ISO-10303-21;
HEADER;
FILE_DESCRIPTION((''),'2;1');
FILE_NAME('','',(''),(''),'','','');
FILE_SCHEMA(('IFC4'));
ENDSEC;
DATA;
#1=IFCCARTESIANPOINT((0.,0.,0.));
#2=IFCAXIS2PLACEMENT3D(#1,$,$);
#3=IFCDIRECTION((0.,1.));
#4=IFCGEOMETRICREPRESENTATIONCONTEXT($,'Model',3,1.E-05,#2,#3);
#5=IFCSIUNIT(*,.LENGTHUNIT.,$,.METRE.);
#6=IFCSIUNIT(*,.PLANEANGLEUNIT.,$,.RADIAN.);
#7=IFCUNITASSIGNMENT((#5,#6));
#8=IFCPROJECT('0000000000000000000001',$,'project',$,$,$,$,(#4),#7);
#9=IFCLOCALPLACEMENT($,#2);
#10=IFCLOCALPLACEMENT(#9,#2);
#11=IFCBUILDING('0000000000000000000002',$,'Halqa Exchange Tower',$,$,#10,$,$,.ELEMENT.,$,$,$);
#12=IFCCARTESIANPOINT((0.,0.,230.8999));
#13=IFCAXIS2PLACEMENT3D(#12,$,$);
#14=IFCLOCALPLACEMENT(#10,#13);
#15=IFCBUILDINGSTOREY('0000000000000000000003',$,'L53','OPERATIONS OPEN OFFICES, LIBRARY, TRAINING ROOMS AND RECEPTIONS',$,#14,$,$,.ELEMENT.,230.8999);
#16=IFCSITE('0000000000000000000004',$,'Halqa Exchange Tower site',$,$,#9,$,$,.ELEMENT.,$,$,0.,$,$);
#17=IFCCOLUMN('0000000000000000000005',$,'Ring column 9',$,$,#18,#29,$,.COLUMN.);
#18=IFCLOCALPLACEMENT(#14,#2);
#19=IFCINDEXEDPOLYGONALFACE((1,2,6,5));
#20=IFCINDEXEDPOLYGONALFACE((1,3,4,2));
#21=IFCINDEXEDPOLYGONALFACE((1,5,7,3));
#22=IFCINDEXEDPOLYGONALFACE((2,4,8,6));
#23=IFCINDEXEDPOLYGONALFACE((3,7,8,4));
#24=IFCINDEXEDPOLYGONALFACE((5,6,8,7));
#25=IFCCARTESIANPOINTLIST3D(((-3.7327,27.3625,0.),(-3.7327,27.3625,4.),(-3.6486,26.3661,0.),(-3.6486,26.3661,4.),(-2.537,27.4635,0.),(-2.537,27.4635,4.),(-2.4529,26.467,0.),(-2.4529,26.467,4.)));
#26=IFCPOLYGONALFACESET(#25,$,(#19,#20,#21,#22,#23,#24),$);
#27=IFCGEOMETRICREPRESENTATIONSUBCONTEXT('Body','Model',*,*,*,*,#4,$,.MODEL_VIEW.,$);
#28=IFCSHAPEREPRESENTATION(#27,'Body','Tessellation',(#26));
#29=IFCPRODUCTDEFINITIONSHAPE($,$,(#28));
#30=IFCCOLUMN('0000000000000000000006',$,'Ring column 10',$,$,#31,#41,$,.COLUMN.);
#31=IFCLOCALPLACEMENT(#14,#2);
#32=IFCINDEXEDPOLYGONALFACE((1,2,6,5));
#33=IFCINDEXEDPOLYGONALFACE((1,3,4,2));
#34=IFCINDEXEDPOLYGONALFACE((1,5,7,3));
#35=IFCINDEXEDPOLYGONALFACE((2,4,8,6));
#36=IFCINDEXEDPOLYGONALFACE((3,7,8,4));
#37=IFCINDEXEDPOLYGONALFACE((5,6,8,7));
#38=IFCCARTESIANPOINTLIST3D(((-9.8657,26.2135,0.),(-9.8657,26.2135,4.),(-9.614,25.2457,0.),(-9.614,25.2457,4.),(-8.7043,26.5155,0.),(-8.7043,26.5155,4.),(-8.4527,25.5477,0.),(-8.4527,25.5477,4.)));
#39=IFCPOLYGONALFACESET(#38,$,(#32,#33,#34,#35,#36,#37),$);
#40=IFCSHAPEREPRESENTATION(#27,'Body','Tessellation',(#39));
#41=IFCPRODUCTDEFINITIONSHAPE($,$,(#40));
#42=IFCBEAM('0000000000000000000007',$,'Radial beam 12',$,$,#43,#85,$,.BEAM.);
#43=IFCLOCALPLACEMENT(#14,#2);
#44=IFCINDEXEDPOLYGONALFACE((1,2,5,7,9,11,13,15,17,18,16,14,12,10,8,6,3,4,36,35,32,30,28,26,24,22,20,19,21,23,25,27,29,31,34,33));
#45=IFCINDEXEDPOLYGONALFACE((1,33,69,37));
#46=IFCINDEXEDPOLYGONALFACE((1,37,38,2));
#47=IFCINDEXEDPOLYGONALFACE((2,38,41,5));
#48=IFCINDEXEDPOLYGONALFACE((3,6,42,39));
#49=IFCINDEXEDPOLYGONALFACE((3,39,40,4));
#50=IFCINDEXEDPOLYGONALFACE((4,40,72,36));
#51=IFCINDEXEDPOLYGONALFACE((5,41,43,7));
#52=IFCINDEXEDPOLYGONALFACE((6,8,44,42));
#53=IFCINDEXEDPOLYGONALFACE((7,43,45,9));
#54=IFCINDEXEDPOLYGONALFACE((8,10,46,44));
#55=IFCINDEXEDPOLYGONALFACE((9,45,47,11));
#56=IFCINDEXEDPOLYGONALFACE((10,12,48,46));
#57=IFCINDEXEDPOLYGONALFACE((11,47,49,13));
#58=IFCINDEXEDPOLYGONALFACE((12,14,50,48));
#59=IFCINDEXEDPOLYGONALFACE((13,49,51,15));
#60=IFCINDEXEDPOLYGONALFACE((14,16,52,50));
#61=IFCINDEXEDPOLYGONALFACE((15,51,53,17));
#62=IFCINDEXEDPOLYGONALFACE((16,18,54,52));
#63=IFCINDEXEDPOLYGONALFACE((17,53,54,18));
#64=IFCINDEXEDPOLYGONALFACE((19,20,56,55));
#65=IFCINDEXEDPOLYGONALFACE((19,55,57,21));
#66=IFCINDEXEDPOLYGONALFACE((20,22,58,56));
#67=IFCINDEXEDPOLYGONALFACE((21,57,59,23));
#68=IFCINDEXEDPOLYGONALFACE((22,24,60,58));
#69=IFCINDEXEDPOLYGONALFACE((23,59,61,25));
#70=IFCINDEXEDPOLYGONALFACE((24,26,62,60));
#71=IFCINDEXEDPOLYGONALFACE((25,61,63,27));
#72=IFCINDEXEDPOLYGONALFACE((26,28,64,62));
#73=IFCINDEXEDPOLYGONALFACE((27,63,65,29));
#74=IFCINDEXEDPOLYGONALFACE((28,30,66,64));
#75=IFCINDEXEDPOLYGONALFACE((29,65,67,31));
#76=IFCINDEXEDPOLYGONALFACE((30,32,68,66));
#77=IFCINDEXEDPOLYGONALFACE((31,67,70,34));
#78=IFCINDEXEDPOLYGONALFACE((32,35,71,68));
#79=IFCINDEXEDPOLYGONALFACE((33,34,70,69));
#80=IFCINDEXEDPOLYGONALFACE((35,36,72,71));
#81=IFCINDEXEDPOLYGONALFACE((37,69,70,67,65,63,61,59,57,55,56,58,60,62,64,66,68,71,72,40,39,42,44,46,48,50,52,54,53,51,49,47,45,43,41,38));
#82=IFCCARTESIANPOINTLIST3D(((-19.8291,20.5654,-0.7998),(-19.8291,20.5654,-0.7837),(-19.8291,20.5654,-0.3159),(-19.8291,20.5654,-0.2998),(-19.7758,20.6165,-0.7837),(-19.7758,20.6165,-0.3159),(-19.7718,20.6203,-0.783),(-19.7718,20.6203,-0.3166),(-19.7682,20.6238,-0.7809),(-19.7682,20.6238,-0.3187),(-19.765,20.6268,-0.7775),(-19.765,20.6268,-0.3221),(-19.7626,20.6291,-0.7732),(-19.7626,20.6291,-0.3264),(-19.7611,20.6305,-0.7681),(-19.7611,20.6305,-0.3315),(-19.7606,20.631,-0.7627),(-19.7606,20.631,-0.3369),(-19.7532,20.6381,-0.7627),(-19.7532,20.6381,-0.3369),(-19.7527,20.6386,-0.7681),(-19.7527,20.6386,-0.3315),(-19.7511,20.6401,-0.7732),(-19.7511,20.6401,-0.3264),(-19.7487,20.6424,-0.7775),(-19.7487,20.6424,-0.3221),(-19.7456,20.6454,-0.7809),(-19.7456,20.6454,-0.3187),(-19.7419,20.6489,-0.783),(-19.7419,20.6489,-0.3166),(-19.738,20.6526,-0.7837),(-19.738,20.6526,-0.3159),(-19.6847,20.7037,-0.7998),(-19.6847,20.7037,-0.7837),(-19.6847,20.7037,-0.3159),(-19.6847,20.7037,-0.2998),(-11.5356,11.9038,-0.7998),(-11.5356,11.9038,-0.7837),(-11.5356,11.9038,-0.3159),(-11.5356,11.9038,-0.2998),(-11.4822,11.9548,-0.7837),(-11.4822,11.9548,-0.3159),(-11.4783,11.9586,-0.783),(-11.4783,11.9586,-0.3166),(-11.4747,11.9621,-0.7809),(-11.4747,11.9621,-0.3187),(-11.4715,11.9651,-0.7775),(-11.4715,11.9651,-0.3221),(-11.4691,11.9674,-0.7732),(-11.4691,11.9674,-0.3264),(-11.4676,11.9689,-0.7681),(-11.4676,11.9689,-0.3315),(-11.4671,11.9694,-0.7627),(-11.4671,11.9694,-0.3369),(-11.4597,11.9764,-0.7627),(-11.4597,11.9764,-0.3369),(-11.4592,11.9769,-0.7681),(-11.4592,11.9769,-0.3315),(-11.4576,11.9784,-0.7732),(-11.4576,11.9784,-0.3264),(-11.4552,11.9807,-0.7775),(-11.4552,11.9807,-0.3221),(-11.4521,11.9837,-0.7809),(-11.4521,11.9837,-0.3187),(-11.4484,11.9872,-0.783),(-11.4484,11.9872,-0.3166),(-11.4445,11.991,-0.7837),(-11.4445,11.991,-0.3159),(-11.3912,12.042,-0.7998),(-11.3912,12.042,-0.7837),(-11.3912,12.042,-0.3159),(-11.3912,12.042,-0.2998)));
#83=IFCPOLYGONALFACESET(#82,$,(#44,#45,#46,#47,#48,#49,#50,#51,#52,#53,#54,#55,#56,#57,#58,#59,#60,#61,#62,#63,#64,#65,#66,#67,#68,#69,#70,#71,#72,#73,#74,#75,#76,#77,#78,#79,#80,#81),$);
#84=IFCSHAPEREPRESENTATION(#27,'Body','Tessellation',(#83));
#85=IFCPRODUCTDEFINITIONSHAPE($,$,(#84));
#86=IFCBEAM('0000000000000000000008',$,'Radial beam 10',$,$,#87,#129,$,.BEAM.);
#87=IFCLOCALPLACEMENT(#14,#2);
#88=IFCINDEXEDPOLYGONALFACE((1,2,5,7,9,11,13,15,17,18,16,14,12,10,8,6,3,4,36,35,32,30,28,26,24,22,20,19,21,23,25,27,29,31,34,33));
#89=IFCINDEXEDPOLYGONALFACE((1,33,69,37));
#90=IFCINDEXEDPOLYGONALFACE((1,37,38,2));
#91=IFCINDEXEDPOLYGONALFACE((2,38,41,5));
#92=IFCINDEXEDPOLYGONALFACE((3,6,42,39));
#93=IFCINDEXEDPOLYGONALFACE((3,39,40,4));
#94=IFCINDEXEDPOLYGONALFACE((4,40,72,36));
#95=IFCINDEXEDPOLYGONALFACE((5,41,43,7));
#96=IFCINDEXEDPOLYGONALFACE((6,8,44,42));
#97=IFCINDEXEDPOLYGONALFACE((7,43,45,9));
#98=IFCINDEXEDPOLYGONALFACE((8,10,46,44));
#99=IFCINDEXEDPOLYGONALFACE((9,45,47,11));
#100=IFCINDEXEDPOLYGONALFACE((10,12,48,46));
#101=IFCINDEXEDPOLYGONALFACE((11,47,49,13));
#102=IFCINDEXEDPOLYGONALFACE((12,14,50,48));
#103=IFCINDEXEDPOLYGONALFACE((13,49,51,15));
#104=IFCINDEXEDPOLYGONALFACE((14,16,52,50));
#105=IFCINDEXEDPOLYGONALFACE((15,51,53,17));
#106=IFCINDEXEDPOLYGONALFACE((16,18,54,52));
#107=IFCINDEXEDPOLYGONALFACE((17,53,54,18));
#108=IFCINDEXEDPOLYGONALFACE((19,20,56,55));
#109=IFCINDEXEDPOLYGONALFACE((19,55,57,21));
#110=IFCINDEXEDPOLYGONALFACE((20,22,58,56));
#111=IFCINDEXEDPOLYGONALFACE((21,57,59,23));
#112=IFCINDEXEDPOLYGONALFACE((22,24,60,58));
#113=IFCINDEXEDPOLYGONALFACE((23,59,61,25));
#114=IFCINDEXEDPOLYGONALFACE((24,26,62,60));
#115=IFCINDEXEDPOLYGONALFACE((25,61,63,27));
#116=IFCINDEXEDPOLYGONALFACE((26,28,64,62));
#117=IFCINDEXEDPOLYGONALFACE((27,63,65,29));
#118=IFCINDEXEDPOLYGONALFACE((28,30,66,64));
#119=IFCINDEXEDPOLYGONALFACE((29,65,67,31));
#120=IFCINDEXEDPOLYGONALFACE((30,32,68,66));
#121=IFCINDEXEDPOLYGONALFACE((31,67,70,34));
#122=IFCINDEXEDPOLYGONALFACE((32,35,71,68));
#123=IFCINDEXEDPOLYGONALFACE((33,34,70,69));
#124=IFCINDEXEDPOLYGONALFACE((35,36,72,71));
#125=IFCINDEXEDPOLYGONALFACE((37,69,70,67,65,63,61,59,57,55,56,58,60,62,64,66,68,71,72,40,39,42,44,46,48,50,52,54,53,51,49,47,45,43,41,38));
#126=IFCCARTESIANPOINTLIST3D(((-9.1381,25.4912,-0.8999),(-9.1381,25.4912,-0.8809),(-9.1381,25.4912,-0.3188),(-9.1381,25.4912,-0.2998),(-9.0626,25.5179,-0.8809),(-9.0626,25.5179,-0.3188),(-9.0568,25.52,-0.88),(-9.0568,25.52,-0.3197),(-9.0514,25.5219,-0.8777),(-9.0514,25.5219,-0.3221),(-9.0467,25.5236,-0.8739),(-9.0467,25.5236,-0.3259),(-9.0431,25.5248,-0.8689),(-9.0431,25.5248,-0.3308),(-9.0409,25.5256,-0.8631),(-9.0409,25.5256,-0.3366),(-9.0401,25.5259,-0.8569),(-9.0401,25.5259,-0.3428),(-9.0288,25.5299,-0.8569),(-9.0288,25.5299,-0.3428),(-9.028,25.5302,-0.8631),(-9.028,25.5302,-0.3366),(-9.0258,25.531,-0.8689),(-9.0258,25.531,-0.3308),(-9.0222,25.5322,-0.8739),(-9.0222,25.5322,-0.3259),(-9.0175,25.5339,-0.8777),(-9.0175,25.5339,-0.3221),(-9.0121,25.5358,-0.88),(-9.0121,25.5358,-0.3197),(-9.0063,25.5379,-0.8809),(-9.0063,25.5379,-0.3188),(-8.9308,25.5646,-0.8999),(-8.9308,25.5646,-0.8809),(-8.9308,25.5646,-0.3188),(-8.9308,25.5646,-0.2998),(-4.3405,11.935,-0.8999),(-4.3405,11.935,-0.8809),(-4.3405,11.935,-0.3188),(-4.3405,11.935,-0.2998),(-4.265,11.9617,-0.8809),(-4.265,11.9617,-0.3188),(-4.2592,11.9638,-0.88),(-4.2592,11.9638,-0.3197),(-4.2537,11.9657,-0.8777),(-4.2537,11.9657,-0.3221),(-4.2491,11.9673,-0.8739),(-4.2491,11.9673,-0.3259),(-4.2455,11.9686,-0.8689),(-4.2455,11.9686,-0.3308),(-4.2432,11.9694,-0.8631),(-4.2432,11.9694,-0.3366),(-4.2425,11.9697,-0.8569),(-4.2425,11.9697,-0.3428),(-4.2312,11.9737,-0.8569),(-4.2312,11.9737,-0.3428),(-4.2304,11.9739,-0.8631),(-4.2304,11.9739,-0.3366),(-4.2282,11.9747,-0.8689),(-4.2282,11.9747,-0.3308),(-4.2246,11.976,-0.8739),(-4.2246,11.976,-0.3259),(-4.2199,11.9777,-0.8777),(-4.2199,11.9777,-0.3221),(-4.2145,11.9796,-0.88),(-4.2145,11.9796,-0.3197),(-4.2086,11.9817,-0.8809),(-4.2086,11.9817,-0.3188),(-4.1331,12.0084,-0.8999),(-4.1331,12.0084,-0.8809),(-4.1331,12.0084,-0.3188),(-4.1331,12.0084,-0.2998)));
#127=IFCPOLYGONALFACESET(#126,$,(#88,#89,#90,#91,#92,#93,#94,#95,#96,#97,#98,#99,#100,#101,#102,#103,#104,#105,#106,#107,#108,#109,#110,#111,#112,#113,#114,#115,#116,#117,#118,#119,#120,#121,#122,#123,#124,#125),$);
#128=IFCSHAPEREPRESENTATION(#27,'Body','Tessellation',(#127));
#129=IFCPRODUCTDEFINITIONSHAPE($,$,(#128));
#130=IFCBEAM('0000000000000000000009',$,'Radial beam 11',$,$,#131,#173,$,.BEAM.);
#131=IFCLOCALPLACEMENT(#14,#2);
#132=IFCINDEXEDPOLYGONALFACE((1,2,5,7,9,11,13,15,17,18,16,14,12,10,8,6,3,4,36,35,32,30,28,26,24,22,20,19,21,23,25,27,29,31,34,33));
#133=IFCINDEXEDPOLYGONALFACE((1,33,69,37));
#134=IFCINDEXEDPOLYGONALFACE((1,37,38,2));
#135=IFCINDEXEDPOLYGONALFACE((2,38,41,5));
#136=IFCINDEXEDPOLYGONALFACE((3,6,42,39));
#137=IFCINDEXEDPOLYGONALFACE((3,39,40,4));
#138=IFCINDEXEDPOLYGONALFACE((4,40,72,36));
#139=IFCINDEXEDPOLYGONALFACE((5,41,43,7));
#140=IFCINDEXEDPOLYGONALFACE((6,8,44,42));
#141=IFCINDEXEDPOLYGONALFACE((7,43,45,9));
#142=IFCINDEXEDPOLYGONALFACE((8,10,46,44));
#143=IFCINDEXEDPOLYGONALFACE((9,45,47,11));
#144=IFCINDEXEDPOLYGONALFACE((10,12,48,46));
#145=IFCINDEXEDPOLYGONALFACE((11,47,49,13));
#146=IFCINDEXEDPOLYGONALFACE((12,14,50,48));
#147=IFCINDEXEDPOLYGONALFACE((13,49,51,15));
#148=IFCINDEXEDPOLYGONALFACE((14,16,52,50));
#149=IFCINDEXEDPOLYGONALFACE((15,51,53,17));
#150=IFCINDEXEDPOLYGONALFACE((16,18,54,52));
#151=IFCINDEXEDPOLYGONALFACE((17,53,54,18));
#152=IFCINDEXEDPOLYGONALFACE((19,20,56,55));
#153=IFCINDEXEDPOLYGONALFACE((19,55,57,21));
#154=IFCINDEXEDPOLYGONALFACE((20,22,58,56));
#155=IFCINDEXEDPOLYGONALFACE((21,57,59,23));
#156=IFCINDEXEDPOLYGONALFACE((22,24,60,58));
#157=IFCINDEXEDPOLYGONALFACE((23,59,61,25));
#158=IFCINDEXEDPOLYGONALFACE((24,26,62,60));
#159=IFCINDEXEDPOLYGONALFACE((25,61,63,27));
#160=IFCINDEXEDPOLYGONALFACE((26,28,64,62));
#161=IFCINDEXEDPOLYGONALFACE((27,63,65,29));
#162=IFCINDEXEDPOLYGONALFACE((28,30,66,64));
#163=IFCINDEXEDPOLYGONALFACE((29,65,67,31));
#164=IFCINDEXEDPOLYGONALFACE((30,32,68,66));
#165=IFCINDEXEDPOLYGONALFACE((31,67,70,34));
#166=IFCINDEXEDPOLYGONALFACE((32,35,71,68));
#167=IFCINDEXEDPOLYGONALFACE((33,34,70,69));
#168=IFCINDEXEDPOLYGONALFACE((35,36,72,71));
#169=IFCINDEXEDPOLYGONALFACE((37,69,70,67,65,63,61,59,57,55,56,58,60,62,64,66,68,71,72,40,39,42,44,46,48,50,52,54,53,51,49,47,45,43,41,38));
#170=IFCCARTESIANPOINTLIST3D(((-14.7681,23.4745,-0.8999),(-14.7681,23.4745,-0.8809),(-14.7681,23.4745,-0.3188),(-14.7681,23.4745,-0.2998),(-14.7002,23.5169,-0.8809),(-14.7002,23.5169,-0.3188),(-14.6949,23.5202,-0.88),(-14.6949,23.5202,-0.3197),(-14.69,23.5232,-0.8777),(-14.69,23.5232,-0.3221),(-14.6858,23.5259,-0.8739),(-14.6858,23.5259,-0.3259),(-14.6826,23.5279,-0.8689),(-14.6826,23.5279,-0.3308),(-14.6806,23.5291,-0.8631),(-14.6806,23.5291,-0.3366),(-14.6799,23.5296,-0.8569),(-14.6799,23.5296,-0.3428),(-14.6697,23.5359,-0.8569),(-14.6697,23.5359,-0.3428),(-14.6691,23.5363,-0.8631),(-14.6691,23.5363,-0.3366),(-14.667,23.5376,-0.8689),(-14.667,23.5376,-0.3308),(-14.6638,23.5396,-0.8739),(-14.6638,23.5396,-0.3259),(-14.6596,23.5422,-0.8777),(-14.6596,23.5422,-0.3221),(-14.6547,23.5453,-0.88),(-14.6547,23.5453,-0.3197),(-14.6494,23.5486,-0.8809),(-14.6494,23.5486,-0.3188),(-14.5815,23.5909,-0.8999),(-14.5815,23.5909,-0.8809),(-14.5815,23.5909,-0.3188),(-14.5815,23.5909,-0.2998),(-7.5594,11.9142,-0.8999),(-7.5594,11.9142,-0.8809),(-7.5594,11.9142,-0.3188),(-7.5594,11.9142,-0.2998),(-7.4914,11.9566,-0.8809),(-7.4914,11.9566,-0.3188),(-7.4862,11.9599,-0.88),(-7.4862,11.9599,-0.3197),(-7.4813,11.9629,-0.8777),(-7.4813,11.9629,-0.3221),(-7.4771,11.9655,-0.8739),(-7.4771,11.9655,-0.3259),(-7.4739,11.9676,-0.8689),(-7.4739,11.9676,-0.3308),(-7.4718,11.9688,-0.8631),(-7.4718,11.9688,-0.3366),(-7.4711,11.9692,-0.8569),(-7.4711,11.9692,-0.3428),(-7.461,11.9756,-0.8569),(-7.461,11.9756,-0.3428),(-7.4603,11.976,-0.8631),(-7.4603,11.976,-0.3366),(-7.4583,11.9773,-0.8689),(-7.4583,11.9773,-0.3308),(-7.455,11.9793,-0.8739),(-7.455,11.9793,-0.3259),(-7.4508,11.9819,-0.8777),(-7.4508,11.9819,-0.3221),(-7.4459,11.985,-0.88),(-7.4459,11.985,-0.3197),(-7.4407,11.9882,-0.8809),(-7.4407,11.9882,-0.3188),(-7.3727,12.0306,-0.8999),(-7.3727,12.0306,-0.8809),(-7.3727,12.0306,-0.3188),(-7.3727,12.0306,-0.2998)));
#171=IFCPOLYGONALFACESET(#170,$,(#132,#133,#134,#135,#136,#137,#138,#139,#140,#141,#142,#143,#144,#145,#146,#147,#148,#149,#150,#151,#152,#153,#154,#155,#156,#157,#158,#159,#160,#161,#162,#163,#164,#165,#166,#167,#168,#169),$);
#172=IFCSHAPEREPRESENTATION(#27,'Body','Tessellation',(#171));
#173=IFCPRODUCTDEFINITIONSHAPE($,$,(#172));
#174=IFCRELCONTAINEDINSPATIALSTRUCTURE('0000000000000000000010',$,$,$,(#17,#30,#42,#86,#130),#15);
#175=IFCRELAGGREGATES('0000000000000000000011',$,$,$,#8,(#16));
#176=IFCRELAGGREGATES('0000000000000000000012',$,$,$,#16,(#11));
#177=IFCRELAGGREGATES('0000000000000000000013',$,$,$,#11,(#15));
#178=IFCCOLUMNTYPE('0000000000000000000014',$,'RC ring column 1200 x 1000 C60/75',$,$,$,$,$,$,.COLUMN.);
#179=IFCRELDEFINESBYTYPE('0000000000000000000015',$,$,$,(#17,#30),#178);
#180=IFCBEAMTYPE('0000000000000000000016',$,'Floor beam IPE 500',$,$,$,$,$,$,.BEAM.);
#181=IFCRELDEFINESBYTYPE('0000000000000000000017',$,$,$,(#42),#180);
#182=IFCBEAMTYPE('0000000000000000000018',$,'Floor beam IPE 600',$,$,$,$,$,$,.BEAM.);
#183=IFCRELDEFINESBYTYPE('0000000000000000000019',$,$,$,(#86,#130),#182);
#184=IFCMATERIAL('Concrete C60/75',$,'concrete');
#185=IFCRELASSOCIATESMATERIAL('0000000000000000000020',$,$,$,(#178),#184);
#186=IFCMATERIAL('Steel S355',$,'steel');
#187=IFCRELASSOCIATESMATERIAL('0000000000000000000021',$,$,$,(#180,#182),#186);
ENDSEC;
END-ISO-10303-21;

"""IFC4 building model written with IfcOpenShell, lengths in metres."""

from ifc_helpers import new_model, si_unit, direction, frame, origin, origin_2d, place, context, subcontext, project, spatial, rectangle, i_section, extrude, material, material_profile, profile_set, type_object, element, save


model = new_model("IFC4")

# Units and contexts
model_context = context("Model", 3, precision=1e-05, world=origin(), true_north=direction((0.0, 1.0)))
body_context = subcontext(model_context, "Body", "Model", "MODEL_VIEW")
ifc_project = project(units=[si_unit("LENGTHUNIT", "METRE"), si_unit("PLANEANGLEUNIT", "RADIAN")], contexts=[model_context])

# Site, building, storey
site_placement = place(None, origin())
site = spatial("IfcSite", under=ifc_project, at=site_placement, Name="Halqa Exchange Tower site", CompositionType="ELEMENT", RefElevation=0.0)
building_placement = place(site_placement, origin())
building = spatial("IfcBuilding", under=site, at=building_placement, Name="Halqa Exchange Tower", CompositionType="ELEMENT")
storey_placement = place(building_placement, frame((0.0, 0.0, 230.8999)))
storey = spatial("IfcBuildingStorey", under=building, at=storey_placement, Name="L53", Description="OPERATIONS OPEN OFFICES, LIBRARY, TRAINING ROOMS AND RECEPTIONS", CompositionType="ELEMENT", Elevation=230.8999)

# Columns
ifc_material_1 = material(Name="Concrete C60/75", Category="concrete")
ifc_material_profile_1 = material_profile(ifc_material_1, rectangle(XDim=1.2, YDim=1.0, at=origin_2d()), Name="1200 x 1000")
ifc_profile_set_1 = profile_set([ifc_material_profile_1], Name="Concrete C60/75")
column_type = type_object("IfcColumnType", Name="RC ring column 1200 x 1000 C60/75", PredefinedType="COLUMN", material=ifc_profile_set_1)
for number, where, z_axis, x_axis, name in (
    (1, (-3.0928, 26.9148, 0.0), (0.0, 0.0, 1.0), (-0.996455, -0.084128, 0.0), "Ring column 9"),
    (2, (-9.1592, 25.8806, 0.0), (0.0, 0.0, 1.0), (-0.967818, -0.25165, 0.0), "Ring column 10"),
):
    element("IfcColumn", number, at=place(storey_placement, frame(where, z_axis=z_axis, x_axis=x_axis)), inside=storey, type_object=column_type, Name=name, PredefinedType="COLUMN", context=body_context, shape_type="SweptSolid", body=[
        extrude(rectangle(XDim=1.2, YDim=1.0, at=origin_2d()), origin(), (0.0, 0.0, 1.0), 4.0),
    ])

# Beams
ifc_material_2 = material(Name="Steel S355", Category="steel")
ifc_material_profile_2 = material_profile(ifc_material_2, i_section(OverallWidth=0.2, OverallDepth=0.5, WebThickness=0.0103, FlangeThickness=0.0161, FilletRadius=0.021, at=origin_2d()), Name="IPE 500")
ifc_profile_set_2 = profile_set([ifc_material_profile_2], Name="Steel S355")
beam_type_1 = type_object("IfcBeamType", Name="Floor beam IPE 500", PredefinedType="BEAM", material=ifc_profile_set_2)
beam_1_placement = place(storey_placement, frame((-11.4634, 11.9729, -0.5498), z_axis=(-0.69159, 0.722291, 0.0), x_axis=(-0.722291, -0.69159, 0.0)))
element("IfcBeam", 3, at=beam_1_placement, inside=storey, type_object=beam_type_1, Name="Radial beam 12", PredefinedType="BEAM", context=body_context, shape_type="SweptSolid", body=[
    extrude(i_section(OverallWidth=0.2, OverallDepth=0.5, WebThickness=0.0103, FlangeThickness=0.0161, FilletRadius=0.021, at=origin_2d()), origin(), (0.0, 0.0, 1.0), 11.9919),
])
ifc_material_profile_3 = material_profile(ifc_material_2, i_section(OverallWidth=0.22, OverallDepth=0.6001, WebThickness=0.012, FlangeThickness=0.019, FilletRadius=0.0239, at=origin_2d()), Name="IPE 600")
ifc_profile_set_3 = profile_set([ifc_material_profile_3], Name="Steel S355")
beam_type_2 = type_object("IfcBeamType", Name="Floor beam IPE 600", PredefinedType="BEAM", material=ifc_profile_set_3)
beam_2_placement = place(storey_placement, frame((-4.2368, 11.9717, -0.5999), z_axis=(-0.333629, 0.942704, 0.0), x_axis=(-0.942704, -0.333629, 0.0)))
element("IfcBeam", 4, at=beam_2_placement, inside=storey, type_object=beam_type_2, Name="Radial beam 10", PredefinedType="BEAM", context=body_context, shape_type="SweptSolid", body=[
    extrude(i_section(OverallWidth=0.22, OverallDepth=0.6001, WebThickness=0.012, FlangeThickness=0.019, FilletRadius=0.0239, at=origin_2d()), origin(), (0.0, 0.0, 1.0), 14.3801),
])
beam_3_placement = place(storey_placement, frame((-7.4661, 11.9724, -0.5999), z_axis=(-0.52913, 0.848541, 0.0), x_axis=(-0.848541, -0.52913, 0.0)))
element("IfcBeam", 5, at=beam_3_placement, inside=storey, type_object=beam_type_2, Name="Radial beam 11", PredefinedType="BEAM", context=body_context, shape_type="SweptSolid", body=[
    extrude(i_section(OverallWidth=0.22, OverallDepth=0.6001, WebThickness=0.012, FlangeThickness=0.019, FilletRadius=0.0239, at=origin_2d()), origin(), (0.0, 0.0, 1.0), 13.6238),
])

save(model, "model.ifc")
